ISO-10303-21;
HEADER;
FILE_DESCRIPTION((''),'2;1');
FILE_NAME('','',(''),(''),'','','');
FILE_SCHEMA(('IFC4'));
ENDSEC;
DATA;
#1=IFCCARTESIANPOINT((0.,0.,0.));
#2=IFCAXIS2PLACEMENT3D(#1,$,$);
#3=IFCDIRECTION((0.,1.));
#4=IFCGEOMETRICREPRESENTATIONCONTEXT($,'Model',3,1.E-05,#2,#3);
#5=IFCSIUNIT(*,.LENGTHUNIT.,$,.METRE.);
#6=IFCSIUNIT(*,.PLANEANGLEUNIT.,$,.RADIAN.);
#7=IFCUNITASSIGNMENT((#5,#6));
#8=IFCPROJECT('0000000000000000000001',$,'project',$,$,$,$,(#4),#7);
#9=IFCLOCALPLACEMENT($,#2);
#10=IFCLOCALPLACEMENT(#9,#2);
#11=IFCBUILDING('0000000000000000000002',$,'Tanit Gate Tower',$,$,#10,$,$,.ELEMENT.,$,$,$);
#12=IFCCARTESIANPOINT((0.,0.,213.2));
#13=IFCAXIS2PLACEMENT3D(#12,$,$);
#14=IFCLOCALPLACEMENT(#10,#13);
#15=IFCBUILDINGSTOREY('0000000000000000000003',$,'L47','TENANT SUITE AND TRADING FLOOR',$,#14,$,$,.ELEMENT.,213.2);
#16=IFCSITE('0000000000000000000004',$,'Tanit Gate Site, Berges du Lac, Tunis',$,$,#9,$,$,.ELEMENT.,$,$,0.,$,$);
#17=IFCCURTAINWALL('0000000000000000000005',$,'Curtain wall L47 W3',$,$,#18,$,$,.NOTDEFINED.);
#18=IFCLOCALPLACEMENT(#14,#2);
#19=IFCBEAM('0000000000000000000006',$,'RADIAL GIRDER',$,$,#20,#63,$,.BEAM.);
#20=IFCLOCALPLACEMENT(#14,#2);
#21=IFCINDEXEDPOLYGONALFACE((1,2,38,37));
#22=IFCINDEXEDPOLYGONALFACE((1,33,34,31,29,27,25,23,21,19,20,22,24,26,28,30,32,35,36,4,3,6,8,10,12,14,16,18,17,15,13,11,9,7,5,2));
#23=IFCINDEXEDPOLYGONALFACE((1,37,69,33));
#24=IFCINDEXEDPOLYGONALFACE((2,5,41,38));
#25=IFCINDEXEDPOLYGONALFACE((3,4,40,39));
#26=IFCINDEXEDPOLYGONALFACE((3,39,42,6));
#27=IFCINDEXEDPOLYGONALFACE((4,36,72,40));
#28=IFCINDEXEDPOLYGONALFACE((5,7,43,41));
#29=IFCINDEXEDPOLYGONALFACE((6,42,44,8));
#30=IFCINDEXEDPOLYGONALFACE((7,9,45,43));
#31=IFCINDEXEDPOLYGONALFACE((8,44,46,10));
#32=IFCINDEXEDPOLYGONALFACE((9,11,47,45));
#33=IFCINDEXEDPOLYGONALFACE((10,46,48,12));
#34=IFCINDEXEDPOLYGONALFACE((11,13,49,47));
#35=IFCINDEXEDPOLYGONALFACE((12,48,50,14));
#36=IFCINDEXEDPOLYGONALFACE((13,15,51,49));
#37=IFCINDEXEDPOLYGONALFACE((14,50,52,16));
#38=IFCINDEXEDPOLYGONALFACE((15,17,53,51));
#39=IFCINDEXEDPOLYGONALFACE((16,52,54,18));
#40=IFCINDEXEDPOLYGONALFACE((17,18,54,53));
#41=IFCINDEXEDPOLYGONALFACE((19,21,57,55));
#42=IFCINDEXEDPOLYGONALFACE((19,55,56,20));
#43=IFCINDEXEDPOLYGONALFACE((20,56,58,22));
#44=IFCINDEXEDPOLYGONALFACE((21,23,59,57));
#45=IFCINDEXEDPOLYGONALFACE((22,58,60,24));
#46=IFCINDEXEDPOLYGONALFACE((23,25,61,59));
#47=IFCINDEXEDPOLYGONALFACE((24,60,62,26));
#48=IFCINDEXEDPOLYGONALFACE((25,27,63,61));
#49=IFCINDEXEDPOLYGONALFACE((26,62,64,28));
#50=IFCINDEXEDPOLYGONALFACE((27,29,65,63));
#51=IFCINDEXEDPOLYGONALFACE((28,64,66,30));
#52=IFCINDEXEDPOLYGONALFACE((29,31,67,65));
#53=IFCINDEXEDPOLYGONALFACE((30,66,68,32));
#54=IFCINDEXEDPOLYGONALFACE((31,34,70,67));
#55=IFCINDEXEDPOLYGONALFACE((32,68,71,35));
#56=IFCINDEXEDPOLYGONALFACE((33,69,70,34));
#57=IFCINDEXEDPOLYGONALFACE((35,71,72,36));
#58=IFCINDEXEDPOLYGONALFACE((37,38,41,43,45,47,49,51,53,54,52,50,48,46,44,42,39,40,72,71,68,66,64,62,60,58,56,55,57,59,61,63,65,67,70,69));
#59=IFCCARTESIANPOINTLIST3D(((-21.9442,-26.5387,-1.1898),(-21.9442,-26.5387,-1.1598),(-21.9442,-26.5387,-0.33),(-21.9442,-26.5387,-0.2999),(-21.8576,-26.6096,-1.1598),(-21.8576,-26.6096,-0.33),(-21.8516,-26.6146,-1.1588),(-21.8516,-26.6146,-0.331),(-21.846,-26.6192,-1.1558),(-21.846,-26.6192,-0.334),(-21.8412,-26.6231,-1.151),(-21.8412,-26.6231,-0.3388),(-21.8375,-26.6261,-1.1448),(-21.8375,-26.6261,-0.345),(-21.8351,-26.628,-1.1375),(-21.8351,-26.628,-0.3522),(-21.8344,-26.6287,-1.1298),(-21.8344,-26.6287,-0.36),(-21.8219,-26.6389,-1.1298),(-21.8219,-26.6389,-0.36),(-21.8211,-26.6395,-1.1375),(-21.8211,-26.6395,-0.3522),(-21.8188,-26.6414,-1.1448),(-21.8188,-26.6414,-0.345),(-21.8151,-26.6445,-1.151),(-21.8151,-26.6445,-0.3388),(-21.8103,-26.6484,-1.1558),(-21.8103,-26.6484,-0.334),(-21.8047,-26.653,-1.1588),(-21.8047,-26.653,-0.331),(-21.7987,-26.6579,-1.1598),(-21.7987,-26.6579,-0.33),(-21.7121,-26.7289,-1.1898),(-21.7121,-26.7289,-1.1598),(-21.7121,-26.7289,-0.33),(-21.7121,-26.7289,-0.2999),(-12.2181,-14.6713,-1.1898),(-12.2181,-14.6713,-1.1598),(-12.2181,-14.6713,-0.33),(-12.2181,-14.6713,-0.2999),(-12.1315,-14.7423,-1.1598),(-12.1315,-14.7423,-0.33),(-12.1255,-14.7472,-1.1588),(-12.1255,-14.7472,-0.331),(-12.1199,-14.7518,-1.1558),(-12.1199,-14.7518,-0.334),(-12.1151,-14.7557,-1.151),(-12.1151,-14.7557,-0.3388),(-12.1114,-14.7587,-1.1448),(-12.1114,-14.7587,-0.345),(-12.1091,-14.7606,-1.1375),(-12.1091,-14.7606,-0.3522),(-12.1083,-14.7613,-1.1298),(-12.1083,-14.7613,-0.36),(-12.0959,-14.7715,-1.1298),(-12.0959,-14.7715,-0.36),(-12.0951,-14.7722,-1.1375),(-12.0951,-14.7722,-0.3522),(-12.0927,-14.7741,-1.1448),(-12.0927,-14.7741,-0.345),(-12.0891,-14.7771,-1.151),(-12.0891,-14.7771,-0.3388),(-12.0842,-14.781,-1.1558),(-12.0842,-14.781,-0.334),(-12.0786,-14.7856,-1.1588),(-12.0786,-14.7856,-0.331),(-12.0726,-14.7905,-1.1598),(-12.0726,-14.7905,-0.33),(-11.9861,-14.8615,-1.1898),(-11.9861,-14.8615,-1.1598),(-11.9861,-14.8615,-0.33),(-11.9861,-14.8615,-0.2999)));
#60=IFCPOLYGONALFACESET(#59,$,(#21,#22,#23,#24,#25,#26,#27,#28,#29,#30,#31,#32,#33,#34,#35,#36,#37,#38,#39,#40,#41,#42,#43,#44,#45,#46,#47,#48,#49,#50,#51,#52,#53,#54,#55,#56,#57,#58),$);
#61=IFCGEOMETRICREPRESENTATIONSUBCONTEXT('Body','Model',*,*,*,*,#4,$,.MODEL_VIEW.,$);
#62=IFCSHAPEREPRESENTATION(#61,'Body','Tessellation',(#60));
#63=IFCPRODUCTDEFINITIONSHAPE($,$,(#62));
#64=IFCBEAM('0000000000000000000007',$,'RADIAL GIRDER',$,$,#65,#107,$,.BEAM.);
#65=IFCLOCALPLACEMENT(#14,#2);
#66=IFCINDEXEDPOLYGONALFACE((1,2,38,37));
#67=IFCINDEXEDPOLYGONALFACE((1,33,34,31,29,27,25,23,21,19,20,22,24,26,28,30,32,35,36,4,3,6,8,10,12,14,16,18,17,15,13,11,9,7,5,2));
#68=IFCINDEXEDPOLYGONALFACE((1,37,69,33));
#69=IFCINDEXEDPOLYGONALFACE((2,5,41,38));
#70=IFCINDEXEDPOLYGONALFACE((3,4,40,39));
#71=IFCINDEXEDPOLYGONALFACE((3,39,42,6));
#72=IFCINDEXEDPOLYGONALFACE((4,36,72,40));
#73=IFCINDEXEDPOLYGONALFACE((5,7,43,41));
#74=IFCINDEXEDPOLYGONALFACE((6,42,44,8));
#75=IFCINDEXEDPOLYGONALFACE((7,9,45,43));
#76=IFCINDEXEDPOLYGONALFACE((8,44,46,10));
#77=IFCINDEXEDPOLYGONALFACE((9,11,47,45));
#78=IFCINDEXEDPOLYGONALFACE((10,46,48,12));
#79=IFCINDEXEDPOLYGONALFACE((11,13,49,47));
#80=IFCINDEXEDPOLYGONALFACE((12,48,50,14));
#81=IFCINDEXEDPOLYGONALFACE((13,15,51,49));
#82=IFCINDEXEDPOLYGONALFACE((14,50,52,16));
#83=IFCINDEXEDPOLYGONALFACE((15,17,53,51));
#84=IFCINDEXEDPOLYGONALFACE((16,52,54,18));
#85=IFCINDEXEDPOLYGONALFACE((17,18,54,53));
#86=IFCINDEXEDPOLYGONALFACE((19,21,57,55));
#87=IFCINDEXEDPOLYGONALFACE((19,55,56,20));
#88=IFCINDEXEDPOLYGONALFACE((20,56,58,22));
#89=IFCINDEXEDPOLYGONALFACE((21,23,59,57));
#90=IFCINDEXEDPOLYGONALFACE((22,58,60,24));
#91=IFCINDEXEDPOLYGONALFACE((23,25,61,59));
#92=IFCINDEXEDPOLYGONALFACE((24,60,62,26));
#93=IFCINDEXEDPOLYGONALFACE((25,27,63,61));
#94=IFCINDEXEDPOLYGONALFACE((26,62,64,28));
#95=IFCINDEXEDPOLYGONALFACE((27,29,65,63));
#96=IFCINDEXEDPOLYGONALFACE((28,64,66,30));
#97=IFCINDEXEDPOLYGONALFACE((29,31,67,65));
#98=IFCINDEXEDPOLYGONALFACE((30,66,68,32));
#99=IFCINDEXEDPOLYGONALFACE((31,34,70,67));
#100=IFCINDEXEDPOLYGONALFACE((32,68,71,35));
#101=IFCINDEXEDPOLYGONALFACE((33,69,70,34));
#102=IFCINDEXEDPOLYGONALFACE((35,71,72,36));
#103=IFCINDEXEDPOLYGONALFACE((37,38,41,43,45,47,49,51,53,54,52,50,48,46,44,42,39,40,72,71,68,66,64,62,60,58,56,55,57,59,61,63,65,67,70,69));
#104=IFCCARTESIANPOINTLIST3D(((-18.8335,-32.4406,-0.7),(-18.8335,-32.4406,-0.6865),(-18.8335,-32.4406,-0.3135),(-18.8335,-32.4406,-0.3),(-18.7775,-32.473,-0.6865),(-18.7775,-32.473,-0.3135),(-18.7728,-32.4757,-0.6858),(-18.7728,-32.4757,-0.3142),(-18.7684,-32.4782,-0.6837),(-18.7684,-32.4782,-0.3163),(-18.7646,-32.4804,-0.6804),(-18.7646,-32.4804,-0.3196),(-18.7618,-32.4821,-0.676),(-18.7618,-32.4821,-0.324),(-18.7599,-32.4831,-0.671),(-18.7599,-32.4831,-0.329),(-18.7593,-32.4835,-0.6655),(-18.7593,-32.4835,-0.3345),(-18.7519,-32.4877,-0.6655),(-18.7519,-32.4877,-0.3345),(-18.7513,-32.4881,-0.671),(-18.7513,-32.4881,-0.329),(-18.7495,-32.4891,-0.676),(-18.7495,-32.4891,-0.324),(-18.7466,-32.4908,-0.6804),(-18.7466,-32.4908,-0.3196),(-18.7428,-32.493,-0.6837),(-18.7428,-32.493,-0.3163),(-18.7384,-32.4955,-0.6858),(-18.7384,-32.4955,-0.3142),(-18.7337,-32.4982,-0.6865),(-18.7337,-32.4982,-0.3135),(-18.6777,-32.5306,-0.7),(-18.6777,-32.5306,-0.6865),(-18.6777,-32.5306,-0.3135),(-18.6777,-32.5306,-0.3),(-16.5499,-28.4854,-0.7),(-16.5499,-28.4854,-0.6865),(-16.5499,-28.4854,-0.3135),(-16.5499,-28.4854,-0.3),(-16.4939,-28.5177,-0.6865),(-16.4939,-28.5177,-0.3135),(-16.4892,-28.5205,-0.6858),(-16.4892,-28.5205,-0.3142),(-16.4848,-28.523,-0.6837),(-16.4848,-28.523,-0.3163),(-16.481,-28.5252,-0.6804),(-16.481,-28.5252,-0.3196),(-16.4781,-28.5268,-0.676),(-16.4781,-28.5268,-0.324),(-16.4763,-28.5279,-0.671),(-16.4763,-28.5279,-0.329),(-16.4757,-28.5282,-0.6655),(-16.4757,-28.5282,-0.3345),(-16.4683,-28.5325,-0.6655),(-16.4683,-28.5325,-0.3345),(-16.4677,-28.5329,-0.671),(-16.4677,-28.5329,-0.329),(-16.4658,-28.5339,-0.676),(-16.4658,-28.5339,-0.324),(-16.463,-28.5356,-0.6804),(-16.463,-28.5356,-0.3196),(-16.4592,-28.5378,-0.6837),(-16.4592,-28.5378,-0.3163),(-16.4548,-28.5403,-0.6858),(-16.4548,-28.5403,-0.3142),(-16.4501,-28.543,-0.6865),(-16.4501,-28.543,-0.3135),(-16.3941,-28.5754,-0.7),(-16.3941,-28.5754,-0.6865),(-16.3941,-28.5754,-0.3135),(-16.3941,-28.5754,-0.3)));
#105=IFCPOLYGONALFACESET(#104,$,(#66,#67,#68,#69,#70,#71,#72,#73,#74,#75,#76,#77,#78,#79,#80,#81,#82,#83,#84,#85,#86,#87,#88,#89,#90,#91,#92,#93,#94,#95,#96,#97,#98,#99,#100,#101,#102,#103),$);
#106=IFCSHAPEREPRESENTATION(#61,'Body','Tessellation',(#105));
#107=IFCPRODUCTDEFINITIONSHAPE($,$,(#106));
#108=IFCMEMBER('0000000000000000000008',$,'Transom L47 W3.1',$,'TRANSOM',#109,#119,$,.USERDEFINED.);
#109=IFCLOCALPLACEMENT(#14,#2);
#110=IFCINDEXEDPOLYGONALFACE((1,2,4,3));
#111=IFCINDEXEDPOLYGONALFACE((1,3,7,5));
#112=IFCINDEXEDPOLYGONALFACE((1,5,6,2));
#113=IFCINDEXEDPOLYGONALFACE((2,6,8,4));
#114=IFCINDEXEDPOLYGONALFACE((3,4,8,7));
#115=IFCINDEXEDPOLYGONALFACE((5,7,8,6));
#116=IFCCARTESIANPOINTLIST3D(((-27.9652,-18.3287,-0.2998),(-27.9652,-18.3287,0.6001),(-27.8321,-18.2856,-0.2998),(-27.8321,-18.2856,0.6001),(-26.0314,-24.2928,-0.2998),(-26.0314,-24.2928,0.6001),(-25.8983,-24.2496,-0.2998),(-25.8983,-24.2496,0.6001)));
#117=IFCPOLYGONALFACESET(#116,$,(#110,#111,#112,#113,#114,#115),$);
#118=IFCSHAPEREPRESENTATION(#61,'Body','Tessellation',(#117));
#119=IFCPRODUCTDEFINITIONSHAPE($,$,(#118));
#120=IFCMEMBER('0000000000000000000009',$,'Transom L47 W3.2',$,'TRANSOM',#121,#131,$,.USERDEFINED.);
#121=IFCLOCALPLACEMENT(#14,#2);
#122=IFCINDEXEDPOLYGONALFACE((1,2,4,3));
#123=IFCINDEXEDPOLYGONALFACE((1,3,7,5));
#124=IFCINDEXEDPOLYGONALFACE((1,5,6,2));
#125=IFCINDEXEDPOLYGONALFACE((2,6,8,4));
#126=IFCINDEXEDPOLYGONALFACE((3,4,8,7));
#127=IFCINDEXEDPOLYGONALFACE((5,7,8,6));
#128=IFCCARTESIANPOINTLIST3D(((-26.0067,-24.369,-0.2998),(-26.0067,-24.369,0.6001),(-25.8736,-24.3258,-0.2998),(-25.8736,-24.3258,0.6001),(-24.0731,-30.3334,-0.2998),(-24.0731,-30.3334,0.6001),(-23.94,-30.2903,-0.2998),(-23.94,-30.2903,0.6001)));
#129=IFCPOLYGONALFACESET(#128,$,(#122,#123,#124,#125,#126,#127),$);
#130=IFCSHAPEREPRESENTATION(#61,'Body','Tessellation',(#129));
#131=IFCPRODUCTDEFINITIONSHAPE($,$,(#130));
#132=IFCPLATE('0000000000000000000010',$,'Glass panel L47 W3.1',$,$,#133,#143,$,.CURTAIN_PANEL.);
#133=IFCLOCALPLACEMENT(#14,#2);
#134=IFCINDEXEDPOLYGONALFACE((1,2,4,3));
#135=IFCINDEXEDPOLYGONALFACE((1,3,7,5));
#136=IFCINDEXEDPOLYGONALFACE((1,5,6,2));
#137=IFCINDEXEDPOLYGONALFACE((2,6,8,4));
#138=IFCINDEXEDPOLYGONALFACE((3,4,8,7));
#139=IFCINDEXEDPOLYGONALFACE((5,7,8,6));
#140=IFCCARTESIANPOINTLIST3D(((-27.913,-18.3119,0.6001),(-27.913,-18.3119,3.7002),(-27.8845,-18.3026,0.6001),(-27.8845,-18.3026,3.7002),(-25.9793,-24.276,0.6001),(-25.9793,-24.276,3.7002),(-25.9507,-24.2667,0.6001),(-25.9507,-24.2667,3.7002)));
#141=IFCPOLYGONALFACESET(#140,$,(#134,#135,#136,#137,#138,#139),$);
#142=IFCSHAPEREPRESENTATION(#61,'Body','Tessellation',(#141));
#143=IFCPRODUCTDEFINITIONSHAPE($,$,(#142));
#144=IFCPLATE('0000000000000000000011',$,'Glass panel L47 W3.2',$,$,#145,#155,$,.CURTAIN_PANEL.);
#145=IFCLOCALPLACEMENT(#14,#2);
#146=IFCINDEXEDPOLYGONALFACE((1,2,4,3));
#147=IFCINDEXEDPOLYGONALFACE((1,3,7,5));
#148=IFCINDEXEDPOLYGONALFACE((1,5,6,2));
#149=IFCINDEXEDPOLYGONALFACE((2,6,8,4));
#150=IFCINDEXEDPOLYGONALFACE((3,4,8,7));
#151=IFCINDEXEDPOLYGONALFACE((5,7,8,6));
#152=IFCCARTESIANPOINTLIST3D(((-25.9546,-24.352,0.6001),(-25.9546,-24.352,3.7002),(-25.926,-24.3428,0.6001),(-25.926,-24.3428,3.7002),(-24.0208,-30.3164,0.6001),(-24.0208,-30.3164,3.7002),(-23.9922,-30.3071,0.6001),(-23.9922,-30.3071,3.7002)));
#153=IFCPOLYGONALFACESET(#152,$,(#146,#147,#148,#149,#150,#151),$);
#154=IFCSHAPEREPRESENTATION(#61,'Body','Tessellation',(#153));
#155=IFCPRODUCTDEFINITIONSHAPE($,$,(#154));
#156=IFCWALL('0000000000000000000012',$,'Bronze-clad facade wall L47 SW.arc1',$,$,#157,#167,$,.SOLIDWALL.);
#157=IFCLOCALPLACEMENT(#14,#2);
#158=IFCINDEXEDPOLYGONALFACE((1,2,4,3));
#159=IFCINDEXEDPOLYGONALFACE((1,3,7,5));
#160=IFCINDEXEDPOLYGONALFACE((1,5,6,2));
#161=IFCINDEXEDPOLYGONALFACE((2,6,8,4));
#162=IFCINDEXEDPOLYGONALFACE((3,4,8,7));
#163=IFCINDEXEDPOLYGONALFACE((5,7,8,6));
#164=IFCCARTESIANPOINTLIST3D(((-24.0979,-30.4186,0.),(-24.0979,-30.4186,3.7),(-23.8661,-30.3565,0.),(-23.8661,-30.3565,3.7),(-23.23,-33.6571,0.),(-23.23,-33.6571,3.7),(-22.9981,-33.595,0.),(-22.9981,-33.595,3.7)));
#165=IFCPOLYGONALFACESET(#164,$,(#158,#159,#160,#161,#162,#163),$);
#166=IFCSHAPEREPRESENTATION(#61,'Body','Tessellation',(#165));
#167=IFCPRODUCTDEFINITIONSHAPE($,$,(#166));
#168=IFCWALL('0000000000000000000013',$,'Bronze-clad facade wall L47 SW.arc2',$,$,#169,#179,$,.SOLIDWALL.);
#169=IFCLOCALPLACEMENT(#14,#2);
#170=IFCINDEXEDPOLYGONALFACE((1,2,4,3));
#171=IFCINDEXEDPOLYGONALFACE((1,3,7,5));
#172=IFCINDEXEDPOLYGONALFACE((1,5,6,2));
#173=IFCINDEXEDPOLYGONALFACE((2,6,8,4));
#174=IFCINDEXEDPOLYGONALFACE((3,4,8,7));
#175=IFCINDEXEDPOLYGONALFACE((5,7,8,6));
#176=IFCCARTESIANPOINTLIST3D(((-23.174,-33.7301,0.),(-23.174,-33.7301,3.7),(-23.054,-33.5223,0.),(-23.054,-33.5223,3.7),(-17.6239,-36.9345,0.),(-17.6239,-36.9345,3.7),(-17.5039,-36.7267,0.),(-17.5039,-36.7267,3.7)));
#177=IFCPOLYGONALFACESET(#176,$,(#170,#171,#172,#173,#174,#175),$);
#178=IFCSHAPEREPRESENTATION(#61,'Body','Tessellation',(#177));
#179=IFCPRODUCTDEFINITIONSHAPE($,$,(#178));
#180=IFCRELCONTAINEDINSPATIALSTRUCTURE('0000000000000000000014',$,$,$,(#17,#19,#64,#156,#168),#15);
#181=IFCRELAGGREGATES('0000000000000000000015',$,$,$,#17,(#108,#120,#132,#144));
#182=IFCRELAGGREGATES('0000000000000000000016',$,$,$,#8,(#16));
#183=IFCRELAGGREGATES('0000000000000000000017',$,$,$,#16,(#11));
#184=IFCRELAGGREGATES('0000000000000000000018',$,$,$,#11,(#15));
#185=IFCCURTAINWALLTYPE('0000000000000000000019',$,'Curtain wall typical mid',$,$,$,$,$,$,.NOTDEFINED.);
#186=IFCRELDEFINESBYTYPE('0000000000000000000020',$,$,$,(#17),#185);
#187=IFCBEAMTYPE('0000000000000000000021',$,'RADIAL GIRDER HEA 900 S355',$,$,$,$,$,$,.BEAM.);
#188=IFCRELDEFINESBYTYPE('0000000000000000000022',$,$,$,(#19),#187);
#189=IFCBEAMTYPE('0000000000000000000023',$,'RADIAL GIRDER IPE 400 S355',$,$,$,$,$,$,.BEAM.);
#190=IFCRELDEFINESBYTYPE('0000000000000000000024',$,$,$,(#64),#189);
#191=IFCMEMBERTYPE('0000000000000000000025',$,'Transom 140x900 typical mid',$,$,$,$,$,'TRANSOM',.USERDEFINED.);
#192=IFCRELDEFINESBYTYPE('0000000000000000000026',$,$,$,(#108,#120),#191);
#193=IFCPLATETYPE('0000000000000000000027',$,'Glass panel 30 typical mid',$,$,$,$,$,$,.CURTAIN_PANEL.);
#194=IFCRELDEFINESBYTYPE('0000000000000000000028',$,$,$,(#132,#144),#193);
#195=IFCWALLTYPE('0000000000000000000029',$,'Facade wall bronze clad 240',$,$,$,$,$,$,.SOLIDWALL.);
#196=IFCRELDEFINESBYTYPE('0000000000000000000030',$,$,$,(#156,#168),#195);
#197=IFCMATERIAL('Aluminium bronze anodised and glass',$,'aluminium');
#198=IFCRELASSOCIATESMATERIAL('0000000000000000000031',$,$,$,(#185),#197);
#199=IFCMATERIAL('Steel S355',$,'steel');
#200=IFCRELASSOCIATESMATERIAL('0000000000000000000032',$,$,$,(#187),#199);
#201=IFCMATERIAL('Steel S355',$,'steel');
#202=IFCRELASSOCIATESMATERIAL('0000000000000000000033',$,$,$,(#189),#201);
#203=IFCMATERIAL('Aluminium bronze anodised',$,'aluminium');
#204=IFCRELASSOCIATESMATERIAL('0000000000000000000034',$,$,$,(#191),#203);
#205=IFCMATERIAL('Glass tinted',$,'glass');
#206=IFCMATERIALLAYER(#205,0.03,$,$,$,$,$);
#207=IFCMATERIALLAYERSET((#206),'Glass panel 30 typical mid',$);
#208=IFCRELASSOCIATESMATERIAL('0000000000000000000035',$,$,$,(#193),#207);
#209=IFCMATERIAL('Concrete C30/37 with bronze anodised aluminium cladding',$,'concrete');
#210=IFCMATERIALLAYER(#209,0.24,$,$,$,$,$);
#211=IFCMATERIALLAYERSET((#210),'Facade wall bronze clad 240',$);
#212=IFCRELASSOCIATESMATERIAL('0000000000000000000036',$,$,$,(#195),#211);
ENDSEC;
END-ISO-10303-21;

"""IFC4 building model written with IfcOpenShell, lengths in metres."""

from ifc_helpers import new_model, si_unit, direction, frame, frame_2d, origin, origin_2d, place, context, subcontext, project, spatial, rectangle, i_section, extrude, material, layer, layer_set, material_profile, profile_set, type_object, element, aggregate, save


model = new_model("IFC4")

# Units and contexts
model_context = context("Model", 3, precision=1e-05, world=origin(), true_north=direction((0.0, 1.0)))
body_context = subcontext(model_context, "Body", "Model", "MODEL_VIEW")
ifc_project = project(units=[si_unit("LENGTHUNIT", "METRE"), si_unit("PLANEANGLEUNIT", "RADIAN")], contexts=[model_context])

# Site, building, storey
site_placement = place(None, origin())
site = spatial("IfcSite", under=ifc_project, at=site_placement, Name="Tanit Gate Site, Berges du Lac, Tunis", CompositionType="ELEMENT", RefElevation=0.0)
building_placement = place(site_placement, origin())
building = spatial("IfcBuilding", under=site, at=building_placement, Name="Tanit Gate Tower", CompositionType="ELEMENT")
storey_placement = place(building_placement, frame((0.0, 0.0, 213.2)))
storey = spatial("IfcBuildingStorey", under=building, at=storey_placement, Name="L47", Description="TENANT SUITE AND TRADING FLOOR", CompositionType="ELEMENT", Elevation=213.2)

# Curtain wall
ifc_material_1 = material(Name="Aluminium bronze anodised and glass", Category="aluminium")
curtain_wall_type = type_object("IfcCurtainWallType", Name="Curtain wall typical mid", PredefinedType="NOTDEFINED", material=ifc_material_1)
curtain_wall_1_placement = place(storey_placement, origin())
curtain_wall_1 = element("IfcCurtainWall", 1, at=curtain_wall_1_placement, inside=storey, type_object=curtain_wall_type, Name="Curtain wall L47 W3", PredefinedType="NOTDEFINED")

# Beams
ifc_material_2 = material(Name="Steel S355", Category="steel")
ifc_material_profile_1 = material_profile(ifc_material_2, i_section(OverallWidth=0.3, OverallDepth=0.8899, WebThickness=0.0161, FlangeThickness=0.03, FilletRadius=0.03, at=origin_2d()), Name="HEA 900")
ifc_profile_set_1 = profile_set([ifc_material_profile_1], Name="Steel S355")
beam_type_1 = type_object("IfcBeamType", Name="RADIAL GIRDER HEA 900 S355", PredefinedType="BEAM", material=ifc_profile_set_1)
beam_1_placement = place(storey_placement, frame((-21.8281, -26.6338, -0.7449), z_axis=(0.633876, 0.773435, 0.0), x_axis=(-0.773435, 0.633876, 0.0)))
element("IfcBeam", 2, at=beam_1_placement, inside=storey, type_object=beam_type_1, Name="RADIAL GIRDER", PredefinedType="BEAM", context=body_context, shape_type="SweptSolid", body=[
    extrude(i_section(OverallWidth=0.3, OverallDepth=0.8899, WebThickness=0.0161, FlangeThickness=0.03, FilletRadius=0.03, at=origin_2d()), origin(), (0.0, 0.0, 1.0), 15.3438),
])
ifc_material_3 = material(Name="Steel S355", Category="steel")
ifc_material_profile_2 = material_profile(ifc_material_3, i_section(OverallWidth=0.1799, OverallDepth=0.3999, WebThickness=0.0085, FlangeThickness=0.0134, FilletRadius=0.021, at=origin_2d()), Name="IPE 400")
ifc_profile_set_2 = profile_set([ifc_material_profile_2], Name="Steel S355")
beam_type_2 = type_object("IfcBeamType", Name="RADIAL GIRDER IPE 400 S355", PredefinedType="BEAM", material=ifc_profile_set_2)
beam_2_placement = place(storey_placement, frame((-18.7556, -32.4856, -0.5), z_axis=(0.500014, 0.866017, 0.0), x_axis=(-0.866017, 0.500014, 0.0)))
element("IfcBeam", 3, at=beam_2_placement, inside=storey, type_object=beam_type_2, Name="RADIAL GIRDER", PredefinedType="BEAM", context=body_context, shape_type="SweptSolid", body=[
    extrude(i_section(OverallWidth=0.1799, OverallDepth=0.3999, WebThickness=0.0085, FlangeThickness=0.0134, FilletRadius=0.021, at=origin_2d()), origin(), (0.0, 0.0, 1.0), 4.5671),
])

# Members
ifc_material_4 = material(Name="Aluminium bronze anodised", Category="aluminium")
ifc_material_profile_3 = material_profile(ifc_material_4, rectangle(XDim=0.1399, YDim=0.8999, at=origin_2d()), Name="140x900 bronze transom")
ifc_profile_set_3 = profile_set([ifc_material_profile_3], Name="Aluminium bronze anodised")
member_type_1 = type_object("IfcMemberType", Name="Transom 140x900 typical mid", ElementType="TRANSOM", PredefinedType="USERDEFINED", material=ifc_profile_set_3)
member_1_placement = place(storey_placement, frame((-27.8987, -18.3071, 0.1501), z_axis=(0.308437, -0.951245, 0.0), x_axis=(0.951245, 0.308437, 0.0)))
member_1 = element("IfcMember", 4, at=member_1_placement, type_object=member_type_1, Name="Transom L47 W3.1", ObjectType="TRANSOM", PredefinedType="USERDEFINED", context=body_context, shape_type="SweptSolid", body=[
    extrude(rectangle(XDim=0.1399, YDim=0.8999, at=origin_2d()), origin(), (0.0, 0.0, 1.0), 6.2698),
])
member_2_placement = place(storey_placement, frame((-25.9402, -24.3474, 0.1501), z_axis=(0.30839, -0.95126, 0.0), x_axis=(0.95126, 0.30839, 0.0)))
member_2 = element("IfcMember", 5, at=member_2_placement, type_object=member_type_1, Name="Transom L47 W3.2", ObjectType="TRANSOM", PredefinedType="USERDEFINED", context=body_context, shape_type="SweptSolid", body=[
    extrude(rectangle(XDim=0.1399, YDim=0.8999, at=origin_2d()), origin(), (0.0, 0.0, 1.0), 6.27),
])

# Plates
ifc_material_5 = material(Name="Glass tinted", Category="glass")
ifc_layer_1 = layer(ifc_material_5, 0.03)
ifc_layer_set_1 = layer_set([ifc_layer_1], Name="Glass panel 30 typical mid")
plate_type = type_object("IfcPlateType", Name="Glass panel 30 typical mid", PredefinedType="CURTAIN_PANEL", material=ifc_layer_set_1)
plate_1_placement = place(storey_placement, frame((-26.9319, -21.2893, 0.6001), z_axis=(0.0, 0.0, 1.0), x_axis=(0.308419, -0.951251, 0.0)))
plate_1 = element("IfcPlate", 6, at=plate_1_placement, type_object=plate_type, Name="Glass panel L47 W3.1", PredefinedType="CURTAIN_PANEL", context=body_context, shape_type="SweptSolid", body=[
    extrude(rectangle(XDim=6.2698, YDim=0.03, at=origin_2d()), origin(), (0.0, 0.0, 1.0), 3.1001),
])
plate_2_placement = place(storey_placement, frame((-24.9734, -27.3296, 0.6001), z_axis=(0.0, 0.0, 1.0), x_axis=(0.308419, -0.951251, 0.0)))
plate_2 = element("IfcPlate", 7, at=plate_2_placement, type_object=plate_type, Name="Glass panel L47 W3.2", PredefinedType="CURTAIN_PANEL", context=body_context, shape_type="SweptSolid", body=[
    extrude(rectangle(XDim=6.27, YDim=0.03, at=origin_2d()), origin(), (0.0, 0.0, 1.0), 3.1001),
])
aggregate(curtain_wall_1, [member_1, member_2, plate_1, plate_2])

# Walls
ifc_material_6 = material(Name="Concrete C30/37 with bronze anodised aluminium cladding", Category="concrete")
ifc_layer_2 = layer(ifc_material_6, 0.24)
ifc_layer_set_2 = layer_set([ifc_layer_2], Name="Facade wall bronze clad 240")
wall_type_1 = type_object("IfcWallType", Name="Facade wall bronze clad 240", PredefinedType="SOLIDWALL", material=ifc_layer_set_2)
wall_1_placement = place(storey_placement, frame((-23.9819, -30.3877, 0.0), z_axis=(0.0, 0.0, 1.0), x_axis=(0.258863, -0.965914, 0.0)))
element("IfcWall", 8, at=wall_1_placement, inside=storey, type_object=wall_type_1, Name="Bronze-clad facade wall L47 SW.arc1", PredefinedType="SOLIDWALL", context=body_context, shape_type="SweptSolid", body=[
    extrude(rectangle(XDim=3.3528, YDim=0.24, at=frame_2d((1.6763, 0.0))), origin(), (0.0, 0.0, 1.0), 3.7),
])
wall_2_placement = place(storey_placement, frame((-23.114, -33.6262, 0.0), z_axis=(0.0, 0.0, 1.0), x_axis=(0.866024, -0.500003, 0.0)))
element("IfcWall", 9, at=wall_2_placement, inside=storey, type_object=wall_type_1, Name="Bronze-clad facade wall L47 SW.arc2", PredefinedType="SOLIDWALL", context=body_context, shape_type="SweptSolid", body=[
    extrude(rectangle(XDim=6.4087, YDim=0.24, at=frame_2d((3.2043, 0.0))), origin(), (0.0, 0.0, 1.0), 3.7),
])

save(model, "model.ifc")
